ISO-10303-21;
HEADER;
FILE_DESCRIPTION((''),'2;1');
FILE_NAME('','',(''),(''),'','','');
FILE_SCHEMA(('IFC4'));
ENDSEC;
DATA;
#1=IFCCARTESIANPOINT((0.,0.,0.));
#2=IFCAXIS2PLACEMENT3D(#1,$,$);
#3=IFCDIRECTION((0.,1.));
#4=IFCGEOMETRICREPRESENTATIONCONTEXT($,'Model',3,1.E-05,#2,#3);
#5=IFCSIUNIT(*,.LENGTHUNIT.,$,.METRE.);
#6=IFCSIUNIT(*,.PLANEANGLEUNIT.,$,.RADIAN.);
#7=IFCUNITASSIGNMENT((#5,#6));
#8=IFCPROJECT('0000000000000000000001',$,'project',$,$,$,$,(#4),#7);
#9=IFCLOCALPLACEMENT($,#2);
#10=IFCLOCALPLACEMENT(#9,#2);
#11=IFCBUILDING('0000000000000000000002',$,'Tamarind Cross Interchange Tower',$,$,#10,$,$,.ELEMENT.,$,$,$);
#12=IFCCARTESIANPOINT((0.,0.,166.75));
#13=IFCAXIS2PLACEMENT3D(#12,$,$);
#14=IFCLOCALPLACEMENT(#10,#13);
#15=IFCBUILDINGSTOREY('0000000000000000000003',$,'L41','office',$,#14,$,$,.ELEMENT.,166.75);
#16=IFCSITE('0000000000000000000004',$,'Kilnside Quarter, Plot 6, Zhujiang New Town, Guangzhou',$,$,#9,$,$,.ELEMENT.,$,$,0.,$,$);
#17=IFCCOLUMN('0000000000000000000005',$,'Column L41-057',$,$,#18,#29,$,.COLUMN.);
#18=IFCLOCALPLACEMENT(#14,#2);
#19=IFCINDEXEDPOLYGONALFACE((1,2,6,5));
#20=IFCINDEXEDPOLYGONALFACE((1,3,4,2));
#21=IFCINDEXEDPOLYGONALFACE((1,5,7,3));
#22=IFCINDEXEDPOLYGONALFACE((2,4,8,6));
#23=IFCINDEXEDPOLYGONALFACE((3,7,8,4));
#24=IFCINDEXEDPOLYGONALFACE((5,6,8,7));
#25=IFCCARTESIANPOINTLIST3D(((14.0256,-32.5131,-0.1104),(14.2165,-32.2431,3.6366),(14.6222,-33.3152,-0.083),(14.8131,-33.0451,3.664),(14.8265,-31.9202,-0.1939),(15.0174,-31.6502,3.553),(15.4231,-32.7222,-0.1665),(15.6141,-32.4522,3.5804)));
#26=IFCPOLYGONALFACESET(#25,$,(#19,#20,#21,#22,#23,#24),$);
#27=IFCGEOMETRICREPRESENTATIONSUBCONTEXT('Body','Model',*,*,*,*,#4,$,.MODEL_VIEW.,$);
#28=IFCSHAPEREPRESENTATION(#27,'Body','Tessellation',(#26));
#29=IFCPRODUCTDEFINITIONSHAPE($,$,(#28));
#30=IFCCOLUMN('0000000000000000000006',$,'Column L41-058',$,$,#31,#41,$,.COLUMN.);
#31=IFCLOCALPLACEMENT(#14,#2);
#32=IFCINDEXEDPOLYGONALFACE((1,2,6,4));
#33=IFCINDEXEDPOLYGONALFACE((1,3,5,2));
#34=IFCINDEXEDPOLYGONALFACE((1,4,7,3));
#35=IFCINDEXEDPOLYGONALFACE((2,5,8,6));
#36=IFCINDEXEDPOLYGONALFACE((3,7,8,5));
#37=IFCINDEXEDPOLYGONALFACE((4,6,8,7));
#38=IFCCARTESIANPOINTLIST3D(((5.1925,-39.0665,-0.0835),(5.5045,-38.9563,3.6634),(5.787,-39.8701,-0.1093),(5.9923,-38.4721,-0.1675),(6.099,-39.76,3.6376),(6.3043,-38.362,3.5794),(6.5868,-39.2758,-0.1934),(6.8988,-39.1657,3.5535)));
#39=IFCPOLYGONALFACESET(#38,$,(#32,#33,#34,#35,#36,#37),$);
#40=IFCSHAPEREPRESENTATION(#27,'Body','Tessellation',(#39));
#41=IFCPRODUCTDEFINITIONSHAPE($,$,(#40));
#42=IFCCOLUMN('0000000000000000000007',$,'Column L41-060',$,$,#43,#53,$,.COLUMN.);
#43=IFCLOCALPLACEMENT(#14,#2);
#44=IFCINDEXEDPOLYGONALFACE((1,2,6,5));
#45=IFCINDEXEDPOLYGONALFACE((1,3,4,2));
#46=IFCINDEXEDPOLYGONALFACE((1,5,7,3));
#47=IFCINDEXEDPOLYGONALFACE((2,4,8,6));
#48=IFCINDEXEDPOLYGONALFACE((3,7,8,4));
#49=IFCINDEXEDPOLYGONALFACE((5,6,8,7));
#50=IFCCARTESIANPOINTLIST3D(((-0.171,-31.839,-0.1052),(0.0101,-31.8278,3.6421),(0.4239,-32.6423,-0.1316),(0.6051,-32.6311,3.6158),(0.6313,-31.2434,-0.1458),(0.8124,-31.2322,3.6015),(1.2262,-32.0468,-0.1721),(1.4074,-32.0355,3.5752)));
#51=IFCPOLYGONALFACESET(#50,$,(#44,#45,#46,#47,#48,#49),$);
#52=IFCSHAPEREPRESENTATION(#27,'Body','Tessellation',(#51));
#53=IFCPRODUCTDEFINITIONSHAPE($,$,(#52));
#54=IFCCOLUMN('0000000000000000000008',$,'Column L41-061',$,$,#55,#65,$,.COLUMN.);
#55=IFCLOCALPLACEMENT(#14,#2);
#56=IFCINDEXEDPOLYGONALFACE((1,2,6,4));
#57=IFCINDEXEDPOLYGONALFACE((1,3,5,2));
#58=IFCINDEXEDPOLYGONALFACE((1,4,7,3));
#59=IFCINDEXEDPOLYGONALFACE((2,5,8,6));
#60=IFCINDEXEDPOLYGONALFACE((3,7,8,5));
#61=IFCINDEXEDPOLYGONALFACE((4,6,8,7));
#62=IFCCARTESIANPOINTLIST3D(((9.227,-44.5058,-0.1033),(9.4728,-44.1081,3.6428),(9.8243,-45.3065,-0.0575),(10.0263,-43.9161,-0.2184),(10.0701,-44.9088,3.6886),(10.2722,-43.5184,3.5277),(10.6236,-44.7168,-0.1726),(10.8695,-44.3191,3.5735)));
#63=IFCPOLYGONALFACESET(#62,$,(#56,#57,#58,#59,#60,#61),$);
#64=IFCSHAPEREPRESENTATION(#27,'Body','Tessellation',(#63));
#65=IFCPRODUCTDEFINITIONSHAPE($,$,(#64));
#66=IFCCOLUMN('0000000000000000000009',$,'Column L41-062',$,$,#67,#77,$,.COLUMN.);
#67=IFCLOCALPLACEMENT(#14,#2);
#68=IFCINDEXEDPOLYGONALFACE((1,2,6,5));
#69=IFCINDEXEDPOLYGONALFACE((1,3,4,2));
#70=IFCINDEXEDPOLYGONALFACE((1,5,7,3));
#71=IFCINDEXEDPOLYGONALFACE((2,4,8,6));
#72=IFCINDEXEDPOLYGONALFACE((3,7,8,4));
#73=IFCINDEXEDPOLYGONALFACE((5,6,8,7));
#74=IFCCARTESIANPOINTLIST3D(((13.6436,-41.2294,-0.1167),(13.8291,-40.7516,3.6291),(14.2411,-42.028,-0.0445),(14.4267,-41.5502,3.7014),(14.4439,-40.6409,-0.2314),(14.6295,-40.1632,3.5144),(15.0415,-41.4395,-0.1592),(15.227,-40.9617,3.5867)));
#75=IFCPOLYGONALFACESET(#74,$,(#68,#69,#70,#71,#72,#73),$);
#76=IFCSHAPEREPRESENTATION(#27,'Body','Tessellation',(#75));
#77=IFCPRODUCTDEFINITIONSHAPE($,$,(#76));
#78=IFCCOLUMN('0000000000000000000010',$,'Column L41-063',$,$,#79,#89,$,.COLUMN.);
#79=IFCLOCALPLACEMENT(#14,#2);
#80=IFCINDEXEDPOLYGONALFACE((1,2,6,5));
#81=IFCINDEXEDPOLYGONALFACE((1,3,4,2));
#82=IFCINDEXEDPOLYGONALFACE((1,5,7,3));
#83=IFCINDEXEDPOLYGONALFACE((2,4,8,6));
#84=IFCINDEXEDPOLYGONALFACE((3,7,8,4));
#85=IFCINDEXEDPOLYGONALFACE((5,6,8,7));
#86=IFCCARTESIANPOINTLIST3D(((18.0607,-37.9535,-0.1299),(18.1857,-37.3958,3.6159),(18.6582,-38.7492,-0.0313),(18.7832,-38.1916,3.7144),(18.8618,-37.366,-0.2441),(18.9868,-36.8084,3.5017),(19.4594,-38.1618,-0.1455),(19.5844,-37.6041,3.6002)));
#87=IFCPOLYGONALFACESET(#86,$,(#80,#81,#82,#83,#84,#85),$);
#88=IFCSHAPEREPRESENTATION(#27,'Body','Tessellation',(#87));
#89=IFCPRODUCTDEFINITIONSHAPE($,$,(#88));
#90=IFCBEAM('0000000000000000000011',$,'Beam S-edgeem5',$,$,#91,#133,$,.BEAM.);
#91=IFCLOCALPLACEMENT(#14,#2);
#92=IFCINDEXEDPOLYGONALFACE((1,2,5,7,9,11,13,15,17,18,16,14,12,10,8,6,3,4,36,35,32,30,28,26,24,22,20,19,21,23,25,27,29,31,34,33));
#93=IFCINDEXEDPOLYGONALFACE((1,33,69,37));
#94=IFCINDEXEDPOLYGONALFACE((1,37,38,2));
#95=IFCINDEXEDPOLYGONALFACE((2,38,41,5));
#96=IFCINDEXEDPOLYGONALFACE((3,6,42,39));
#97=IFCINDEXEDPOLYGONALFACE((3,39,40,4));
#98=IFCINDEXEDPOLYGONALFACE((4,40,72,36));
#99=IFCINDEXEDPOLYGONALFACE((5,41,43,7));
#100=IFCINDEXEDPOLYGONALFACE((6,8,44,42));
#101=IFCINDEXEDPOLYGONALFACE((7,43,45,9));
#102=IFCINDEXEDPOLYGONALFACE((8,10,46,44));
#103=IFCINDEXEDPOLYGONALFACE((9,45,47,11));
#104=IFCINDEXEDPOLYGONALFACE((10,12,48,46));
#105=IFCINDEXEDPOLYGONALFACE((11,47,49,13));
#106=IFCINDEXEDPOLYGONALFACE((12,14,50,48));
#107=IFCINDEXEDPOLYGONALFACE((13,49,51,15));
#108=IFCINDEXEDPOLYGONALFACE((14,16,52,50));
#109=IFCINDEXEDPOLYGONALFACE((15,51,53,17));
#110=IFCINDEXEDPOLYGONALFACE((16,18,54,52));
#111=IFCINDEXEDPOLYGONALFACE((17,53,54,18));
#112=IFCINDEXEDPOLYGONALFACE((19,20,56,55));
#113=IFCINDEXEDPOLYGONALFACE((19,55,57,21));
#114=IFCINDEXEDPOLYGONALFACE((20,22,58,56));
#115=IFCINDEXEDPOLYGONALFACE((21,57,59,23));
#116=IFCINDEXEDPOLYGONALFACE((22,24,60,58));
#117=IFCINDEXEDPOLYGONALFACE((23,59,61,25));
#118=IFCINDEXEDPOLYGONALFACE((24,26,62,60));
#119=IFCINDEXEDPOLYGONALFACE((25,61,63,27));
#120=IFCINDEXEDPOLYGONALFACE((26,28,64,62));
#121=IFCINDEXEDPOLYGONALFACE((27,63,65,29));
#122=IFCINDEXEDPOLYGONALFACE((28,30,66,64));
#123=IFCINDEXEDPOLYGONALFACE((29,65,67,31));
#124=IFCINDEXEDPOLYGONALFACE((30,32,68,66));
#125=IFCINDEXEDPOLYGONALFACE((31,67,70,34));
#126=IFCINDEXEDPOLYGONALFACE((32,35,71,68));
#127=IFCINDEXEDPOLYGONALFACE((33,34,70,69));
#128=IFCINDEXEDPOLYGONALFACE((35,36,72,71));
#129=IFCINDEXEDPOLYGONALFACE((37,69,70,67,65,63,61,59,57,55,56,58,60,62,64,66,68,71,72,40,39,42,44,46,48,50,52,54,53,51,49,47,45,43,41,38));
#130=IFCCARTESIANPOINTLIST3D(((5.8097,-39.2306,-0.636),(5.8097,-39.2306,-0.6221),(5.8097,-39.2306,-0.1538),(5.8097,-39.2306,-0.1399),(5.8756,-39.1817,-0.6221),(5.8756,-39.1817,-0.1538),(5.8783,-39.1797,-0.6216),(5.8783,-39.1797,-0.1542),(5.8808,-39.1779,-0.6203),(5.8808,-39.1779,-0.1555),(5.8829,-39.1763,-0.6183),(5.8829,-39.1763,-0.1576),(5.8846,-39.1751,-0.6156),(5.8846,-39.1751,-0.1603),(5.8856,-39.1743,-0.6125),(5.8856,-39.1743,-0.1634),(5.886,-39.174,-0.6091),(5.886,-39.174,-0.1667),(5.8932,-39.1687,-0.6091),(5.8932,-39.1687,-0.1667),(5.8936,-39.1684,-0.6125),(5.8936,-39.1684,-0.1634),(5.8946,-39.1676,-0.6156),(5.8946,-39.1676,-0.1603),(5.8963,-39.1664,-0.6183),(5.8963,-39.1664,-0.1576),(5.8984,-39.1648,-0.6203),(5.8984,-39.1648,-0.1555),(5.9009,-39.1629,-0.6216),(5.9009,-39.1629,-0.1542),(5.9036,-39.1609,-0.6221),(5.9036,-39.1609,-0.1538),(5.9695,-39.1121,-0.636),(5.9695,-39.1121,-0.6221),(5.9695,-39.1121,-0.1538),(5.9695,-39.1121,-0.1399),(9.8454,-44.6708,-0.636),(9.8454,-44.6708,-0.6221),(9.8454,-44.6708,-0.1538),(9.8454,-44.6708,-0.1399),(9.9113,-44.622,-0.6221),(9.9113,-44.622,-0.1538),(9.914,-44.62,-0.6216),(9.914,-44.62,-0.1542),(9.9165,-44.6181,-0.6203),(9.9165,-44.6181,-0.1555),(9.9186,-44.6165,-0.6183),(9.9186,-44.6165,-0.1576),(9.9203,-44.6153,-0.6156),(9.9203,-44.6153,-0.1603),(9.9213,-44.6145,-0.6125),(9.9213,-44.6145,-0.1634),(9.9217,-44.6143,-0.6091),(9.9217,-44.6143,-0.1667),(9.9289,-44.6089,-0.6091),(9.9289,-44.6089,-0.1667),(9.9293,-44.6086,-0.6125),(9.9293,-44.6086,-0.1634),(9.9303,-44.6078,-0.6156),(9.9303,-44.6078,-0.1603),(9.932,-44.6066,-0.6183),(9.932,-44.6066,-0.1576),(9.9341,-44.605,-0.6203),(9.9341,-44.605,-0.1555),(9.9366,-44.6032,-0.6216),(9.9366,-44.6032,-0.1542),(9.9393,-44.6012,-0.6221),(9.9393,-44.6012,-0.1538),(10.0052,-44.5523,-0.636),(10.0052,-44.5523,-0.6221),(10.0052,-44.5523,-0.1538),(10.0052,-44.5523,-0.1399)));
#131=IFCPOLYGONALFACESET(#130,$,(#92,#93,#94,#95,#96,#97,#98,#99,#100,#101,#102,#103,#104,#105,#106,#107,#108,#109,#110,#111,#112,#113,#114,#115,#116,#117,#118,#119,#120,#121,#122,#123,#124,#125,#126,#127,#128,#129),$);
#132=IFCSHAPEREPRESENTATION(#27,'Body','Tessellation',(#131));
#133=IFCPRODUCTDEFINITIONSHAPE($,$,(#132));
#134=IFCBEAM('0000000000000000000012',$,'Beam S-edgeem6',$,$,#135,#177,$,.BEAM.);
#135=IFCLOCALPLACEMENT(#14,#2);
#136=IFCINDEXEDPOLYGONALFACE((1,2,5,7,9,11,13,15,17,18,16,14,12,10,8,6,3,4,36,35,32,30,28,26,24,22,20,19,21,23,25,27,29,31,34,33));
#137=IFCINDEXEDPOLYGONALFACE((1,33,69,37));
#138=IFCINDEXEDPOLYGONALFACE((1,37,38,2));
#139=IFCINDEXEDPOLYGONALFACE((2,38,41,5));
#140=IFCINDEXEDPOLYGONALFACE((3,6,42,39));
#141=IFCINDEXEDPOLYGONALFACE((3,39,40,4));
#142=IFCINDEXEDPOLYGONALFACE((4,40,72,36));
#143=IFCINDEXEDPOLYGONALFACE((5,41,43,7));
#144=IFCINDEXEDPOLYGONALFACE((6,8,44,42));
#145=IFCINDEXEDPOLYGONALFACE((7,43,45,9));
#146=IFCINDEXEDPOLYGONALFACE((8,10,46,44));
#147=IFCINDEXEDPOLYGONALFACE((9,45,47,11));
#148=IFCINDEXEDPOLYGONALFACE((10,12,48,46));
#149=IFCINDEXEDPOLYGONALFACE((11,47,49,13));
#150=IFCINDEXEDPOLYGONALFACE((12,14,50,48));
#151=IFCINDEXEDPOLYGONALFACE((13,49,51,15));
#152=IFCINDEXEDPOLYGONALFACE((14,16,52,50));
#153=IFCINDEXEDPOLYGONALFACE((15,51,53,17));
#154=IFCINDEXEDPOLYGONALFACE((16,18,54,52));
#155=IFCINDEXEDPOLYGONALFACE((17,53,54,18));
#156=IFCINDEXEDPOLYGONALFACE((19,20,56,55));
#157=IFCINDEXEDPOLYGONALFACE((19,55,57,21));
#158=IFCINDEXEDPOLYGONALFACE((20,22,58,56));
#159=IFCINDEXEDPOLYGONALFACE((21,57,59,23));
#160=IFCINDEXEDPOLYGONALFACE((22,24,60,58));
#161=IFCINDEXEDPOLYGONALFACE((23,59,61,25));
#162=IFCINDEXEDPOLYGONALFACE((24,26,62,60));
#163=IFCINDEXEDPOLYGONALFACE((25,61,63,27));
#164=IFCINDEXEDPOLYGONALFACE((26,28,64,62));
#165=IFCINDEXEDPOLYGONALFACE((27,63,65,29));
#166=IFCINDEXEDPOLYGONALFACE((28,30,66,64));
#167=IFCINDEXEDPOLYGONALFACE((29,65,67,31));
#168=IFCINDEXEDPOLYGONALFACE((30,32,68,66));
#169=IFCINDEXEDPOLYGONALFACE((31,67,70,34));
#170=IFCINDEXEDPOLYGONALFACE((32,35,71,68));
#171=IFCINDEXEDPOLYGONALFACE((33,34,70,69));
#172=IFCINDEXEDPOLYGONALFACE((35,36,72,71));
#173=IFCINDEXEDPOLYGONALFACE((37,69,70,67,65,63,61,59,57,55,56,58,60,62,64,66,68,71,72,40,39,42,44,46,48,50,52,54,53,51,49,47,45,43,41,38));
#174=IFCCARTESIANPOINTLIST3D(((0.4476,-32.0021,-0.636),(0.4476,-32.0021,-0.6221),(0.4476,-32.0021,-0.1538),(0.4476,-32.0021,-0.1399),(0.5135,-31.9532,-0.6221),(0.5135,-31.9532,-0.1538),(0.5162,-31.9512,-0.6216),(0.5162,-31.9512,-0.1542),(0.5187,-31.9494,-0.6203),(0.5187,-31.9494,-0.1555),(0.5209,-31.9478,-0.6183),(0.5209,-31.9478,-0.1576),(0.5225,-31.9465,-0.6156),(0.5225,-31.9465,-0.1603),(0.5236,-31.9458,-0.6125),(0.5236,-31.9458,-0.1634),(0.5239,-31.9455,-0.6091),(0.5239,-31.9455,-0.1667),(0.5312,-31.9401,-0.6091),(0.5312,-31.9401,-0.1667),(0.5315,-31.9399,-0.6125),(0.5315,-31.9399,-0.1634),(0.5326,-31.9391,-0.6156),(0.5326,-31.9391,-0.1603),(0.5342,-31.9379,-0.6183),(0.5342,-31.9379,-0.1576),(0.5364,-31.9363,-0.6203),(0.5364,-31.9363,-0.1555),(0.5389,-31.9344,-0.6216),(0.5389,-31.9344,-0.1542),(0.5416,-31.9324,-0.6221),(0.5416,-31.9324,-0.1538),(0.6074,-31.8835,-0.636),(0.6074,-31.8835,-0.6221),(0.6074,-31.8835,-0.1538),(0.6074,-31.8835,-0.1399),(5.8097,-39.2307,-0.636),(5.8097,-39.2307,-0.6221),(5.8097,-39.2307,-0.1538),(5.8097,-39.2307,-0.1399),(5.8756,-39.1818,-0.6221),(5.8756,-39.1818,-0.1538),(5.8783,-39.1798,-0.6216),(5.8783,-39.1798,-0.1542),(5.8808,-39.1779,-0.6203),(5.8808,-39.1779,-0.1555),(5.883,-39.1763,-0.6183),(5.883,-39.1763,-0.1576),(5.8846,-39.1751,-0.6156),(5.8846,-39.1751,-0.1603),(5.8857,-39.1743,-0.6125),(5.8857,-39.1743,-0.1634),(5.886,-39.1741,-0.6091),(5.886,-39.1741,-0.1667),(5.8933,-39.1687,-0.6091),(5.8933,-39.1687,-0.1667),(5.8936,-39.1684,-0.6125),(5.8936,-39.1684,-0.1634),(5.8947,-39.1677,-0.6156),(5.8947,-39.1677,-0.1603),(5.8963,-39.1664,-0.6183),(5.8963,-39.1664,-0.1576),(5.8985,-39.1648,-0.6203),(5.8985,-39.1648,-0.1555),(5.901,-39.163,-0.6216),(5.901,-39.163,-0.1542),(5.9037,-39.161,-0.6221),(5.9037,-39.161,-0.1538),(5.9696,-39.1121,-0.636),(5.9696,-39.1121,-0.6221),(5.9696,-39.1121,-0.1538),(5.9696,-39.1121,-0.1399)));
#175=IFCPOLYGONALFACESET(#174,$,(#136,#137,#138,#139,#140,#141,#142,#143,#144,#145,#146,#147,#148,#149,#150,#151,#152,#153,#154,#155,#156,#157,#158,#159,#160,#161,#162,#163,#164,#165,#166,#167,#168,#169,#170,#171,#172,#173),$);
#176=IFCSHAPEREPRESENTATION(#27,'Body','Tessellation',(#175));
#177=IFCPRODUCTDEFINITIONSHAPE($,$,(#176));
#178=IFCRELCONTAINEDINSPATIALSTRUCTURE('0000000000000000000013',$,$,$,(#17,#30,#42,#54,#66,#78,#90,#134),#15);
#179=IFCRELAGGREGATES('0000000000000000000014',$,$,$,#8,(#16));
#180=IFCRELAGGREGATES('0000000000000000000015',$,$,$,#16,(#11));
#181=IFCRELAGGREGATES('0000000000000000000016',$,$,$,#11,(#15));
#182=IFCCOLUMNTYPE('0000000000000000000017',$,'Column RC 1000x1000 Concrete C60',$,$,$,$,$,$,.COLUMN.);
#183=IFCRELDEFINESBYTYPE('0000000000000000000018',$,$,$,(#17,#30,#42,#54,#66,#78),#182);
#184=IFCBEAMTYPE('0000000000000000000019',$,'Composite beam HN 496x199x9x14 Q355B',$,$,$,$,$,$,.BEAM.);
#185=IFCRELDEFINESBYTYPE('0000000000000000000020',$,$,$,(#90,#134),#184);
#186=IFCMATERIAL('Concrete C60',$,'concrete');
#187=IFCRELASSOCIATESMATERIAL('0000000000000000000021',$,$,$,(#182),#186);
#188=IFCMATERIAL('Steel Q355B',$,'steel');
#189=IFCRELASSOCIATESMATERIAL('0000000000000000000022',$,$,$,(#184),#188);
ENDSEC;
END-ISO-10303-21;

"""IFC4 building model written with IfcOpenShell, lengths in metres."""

from ifc_helpers import new_model, si_unit, direction, frame, origin, origin_2d, place, context, subcontext, project, spatial, rectangle, i_section, extrude, material, material_profile, profile_set, type_object, element, save


model = new_model("IFC4")

# Units and contexts
model_context = context("Model", 3, precision=1e-05, world=origin(), true_north=direction((0.0, 1.0)))
body_context = subcontext(model_context, "Body", "Model", "MODEL_VIEW")
ifc_project = project(units=[si_unit("LENGTHUNIT", "METRE"), si_unit("PLANEANGLEUNIT", "RADIAN")], contexts=[model_context])

# Site, building, storey
site_placement = place(None, origin())
site = spatial("IfcSite", under=ifc_project, at=site_placement, Name="Kilnside Quarter, Plot 6, Zhujiang New Town, Guangzhou", CompositionType="ELEMENT", RefElevation=0.0)
building_placement = place(site_placement, origin())
building = spatial("IfcBuilding", under=site, at=building_placement, Name="Tamarind Cross Interchange Tower", CompositionType="ELEMENT")
storey_placement = place(building_placement, frame((0.0, 0.0, 166.75)))
storey = spatial("IfcBuildingStorey", under=building, at=storey_placement, Name="L41", Description="office", CompositionType="ELEMENT", Elevation=166.75)

# Columns
ifc_material_1 = material(Name="Concrete C60", Category="concrete")
ifc_material_profile_1 = material_profile(ifc_material_1, rectangle(XDim=1.0, YDim=1.0, at=origin_2d()), Name="RC 1000x1000")
ifc_profile_set_1 = profile_set([ifc_material_profile_1], Name="Concrete C60")
column_type = type_object("IfcColumnType", Name="Column RC 1000x1000 Concrete C60", PredefinedType="COLUMN", material=ifc_profile_set_1)
for number, where, z_axis, x_axis, name in (
    (1, (14.7244, -32.6177, -0.1384), (0.050757, 0.071787, 0.996128), (-0.800913, -0.592924, 0.08354), "Column L41-057"),
    (2, (5.8896, -39.1711, -0.1384), (0.082951, 0.029273, 0.996124), (-0.594473, 0.803699, 0.025886), "Column L41-058"),
):
    element("IfcColumn", number, at=place(storey_placement, frame(where, z_axis=z_axis, x_axis=x_axis)), inside=storey, type_object=column_type, Name=name, PredefinedType="COLUMN", context=body_context, shape_type="SweptSolid", body=[
        extrude(rectangle(XDim=1.0, YDim=1.0, at=origin_2d()), origin(), (0.0, 0.0, 1.0), 3.7615),
    ])
column_1_placement = place(storey_placement, frame((0.5276, -31.9429, -0.1387), z_axis=(0.048285, 0.002993, 0.998829), x_axis=(-0.594965, 0.803319, 0.026354)))
element("IfcColumn", 3, at=column_1_placement, inside=storey, type_object=column_type, Name="Column L41-060", PredefinedType="COLUMN", context=body_context, shape_type="SweptSolid", body=[
    extrude(rectangle(XDim=1.0, YDim=1.0, at=origin_2d()), origin(), (0.0, 0.0, 1.0), 3.7517),
])
column_2_placement = place(storey_placement, frame((9.9253, -44.6113, -0.1379), z_axis=(0.065123, 0.105348, 0.992301), x_axis=(-0.799362, -0.589728, 0.115069)))
element("IfcColumn", 4, at=column_2_placement, inside=storey, type_object=column_type, Name="Column L41-061", PredefinedType="COLUMN", context=body_context, shape_type="SweptSolid", body=[
    extrude(rectangle(XDim=1.0, YDim=1.0, at=origin_2d()), origin(), (0.0, 0.0, 1.0), 3.7751),
])
column_3_placement = place(storey_placement, frame((14.3425, -41.3345, -0.1379), z_axis=(0.049077, 0.126372, 0.990768), x_axis=(-0.800335, -0.588479, 0.114704)))
element("IfcColumn", 5, at=column_3_placement, inside=storey, type_object=column_type, Name="Column L41-062", PredefinedType="COLUMN", context=body_context, shape_type="SweptSolid", body=[
    extrude(rectangle(XDim=1.0, YDim=1.0, at=origin_2d()), origin(), (0.0, 0.0, 1.0), 3.7808),
])
column_4_placement = place(storey_placement, frame((18.76, -38.0576, -0.1377), z_axis=(0.032991, 0.147169, 0.988561), x_axis=(-0.80117, -0.587441, 0.114191)))
element("IfcColumn", 6, at=column_4_placement, inside=storey, type_object=column_type, Name="Column L41-063", PredefinedType="COLUMN", context=body_context, shape_type="SweptSolid", body=[
    extrude(rectangle(XDim=1.0, YDim=1.0, at=origin_2d()), origin(), (0.0, 0.0, 1.0), 3.7891),
])

# Beams
ifc_material_2 = material(Name="Steel Q355B", Category="steel")
ifc_material_profile_2 = material_profile(ifc_material_2, i_section(OverallWidth=0.199, OverallDepth=0.4961, WebThickness=0.009, FlangeThickness=0.0139, FilletRadius=0.0129, at=origin_2d()), Name="HN 496x199x9x14")
ifc_profile_set_2 = profile_set([ifc_material_profile_2], Name="Steel Q355B")
beam_type_1 = type_object("IfcBeamType", Name="Composite beam HN 496x199x9x14 Q355B", PredefinedType="BEAM", material=ifc_profile_set_2)
beam_1_placement = place(storey_placement, frame((9.9253, -44.6116, -0.3879), z_axis=(-0.595788, 0.803142, 0.0), x_axis=(-0.803142, -0.595788, 0.0)))
element("IfcBeam", 7, at=beam_1_placement, inside=storey, type_object=beam_type_1, Name="Beam S-edgeem5", PredefinedType="BEAM", context=body_context, shape_type="SweptSolid", body=[
    extrude(i_section(OverallWidth=0.199, OverallDepth=0.4961, WebThickness=0.009, FlangeThickness=0.0139, FilletRadius=0.0129, at=origin_2d()), origin(), (0.0, 0.0, 1.0), 6.7737),
])
beam_2_placement = place(storey_placement, frame((5.8896, -39.1714, -0.3879), z_axis=(-0.595773, 0.803153, 0.0), x_axis=(-0.803153, -0.595773, 0.0)))
element("IfcBeam", 8, at=beam_2_placement, inside=storey, type_object=beam_type_1, Name="Beam S-edgeem6", PredefinedType="BEAM", context=body_context, shape_type="SweptSolid", body=[
    extrude(i_section(OverallWidth=0.199, OverallDepth=0.4961, WebThickness=0.009, FlangeThickness=0.0139, FilletRadius=0.0129, at=origin_2d()), origin(), (0.0, 0.0, 1.0), 9.0002),
])

save(model, "model.ifc")
